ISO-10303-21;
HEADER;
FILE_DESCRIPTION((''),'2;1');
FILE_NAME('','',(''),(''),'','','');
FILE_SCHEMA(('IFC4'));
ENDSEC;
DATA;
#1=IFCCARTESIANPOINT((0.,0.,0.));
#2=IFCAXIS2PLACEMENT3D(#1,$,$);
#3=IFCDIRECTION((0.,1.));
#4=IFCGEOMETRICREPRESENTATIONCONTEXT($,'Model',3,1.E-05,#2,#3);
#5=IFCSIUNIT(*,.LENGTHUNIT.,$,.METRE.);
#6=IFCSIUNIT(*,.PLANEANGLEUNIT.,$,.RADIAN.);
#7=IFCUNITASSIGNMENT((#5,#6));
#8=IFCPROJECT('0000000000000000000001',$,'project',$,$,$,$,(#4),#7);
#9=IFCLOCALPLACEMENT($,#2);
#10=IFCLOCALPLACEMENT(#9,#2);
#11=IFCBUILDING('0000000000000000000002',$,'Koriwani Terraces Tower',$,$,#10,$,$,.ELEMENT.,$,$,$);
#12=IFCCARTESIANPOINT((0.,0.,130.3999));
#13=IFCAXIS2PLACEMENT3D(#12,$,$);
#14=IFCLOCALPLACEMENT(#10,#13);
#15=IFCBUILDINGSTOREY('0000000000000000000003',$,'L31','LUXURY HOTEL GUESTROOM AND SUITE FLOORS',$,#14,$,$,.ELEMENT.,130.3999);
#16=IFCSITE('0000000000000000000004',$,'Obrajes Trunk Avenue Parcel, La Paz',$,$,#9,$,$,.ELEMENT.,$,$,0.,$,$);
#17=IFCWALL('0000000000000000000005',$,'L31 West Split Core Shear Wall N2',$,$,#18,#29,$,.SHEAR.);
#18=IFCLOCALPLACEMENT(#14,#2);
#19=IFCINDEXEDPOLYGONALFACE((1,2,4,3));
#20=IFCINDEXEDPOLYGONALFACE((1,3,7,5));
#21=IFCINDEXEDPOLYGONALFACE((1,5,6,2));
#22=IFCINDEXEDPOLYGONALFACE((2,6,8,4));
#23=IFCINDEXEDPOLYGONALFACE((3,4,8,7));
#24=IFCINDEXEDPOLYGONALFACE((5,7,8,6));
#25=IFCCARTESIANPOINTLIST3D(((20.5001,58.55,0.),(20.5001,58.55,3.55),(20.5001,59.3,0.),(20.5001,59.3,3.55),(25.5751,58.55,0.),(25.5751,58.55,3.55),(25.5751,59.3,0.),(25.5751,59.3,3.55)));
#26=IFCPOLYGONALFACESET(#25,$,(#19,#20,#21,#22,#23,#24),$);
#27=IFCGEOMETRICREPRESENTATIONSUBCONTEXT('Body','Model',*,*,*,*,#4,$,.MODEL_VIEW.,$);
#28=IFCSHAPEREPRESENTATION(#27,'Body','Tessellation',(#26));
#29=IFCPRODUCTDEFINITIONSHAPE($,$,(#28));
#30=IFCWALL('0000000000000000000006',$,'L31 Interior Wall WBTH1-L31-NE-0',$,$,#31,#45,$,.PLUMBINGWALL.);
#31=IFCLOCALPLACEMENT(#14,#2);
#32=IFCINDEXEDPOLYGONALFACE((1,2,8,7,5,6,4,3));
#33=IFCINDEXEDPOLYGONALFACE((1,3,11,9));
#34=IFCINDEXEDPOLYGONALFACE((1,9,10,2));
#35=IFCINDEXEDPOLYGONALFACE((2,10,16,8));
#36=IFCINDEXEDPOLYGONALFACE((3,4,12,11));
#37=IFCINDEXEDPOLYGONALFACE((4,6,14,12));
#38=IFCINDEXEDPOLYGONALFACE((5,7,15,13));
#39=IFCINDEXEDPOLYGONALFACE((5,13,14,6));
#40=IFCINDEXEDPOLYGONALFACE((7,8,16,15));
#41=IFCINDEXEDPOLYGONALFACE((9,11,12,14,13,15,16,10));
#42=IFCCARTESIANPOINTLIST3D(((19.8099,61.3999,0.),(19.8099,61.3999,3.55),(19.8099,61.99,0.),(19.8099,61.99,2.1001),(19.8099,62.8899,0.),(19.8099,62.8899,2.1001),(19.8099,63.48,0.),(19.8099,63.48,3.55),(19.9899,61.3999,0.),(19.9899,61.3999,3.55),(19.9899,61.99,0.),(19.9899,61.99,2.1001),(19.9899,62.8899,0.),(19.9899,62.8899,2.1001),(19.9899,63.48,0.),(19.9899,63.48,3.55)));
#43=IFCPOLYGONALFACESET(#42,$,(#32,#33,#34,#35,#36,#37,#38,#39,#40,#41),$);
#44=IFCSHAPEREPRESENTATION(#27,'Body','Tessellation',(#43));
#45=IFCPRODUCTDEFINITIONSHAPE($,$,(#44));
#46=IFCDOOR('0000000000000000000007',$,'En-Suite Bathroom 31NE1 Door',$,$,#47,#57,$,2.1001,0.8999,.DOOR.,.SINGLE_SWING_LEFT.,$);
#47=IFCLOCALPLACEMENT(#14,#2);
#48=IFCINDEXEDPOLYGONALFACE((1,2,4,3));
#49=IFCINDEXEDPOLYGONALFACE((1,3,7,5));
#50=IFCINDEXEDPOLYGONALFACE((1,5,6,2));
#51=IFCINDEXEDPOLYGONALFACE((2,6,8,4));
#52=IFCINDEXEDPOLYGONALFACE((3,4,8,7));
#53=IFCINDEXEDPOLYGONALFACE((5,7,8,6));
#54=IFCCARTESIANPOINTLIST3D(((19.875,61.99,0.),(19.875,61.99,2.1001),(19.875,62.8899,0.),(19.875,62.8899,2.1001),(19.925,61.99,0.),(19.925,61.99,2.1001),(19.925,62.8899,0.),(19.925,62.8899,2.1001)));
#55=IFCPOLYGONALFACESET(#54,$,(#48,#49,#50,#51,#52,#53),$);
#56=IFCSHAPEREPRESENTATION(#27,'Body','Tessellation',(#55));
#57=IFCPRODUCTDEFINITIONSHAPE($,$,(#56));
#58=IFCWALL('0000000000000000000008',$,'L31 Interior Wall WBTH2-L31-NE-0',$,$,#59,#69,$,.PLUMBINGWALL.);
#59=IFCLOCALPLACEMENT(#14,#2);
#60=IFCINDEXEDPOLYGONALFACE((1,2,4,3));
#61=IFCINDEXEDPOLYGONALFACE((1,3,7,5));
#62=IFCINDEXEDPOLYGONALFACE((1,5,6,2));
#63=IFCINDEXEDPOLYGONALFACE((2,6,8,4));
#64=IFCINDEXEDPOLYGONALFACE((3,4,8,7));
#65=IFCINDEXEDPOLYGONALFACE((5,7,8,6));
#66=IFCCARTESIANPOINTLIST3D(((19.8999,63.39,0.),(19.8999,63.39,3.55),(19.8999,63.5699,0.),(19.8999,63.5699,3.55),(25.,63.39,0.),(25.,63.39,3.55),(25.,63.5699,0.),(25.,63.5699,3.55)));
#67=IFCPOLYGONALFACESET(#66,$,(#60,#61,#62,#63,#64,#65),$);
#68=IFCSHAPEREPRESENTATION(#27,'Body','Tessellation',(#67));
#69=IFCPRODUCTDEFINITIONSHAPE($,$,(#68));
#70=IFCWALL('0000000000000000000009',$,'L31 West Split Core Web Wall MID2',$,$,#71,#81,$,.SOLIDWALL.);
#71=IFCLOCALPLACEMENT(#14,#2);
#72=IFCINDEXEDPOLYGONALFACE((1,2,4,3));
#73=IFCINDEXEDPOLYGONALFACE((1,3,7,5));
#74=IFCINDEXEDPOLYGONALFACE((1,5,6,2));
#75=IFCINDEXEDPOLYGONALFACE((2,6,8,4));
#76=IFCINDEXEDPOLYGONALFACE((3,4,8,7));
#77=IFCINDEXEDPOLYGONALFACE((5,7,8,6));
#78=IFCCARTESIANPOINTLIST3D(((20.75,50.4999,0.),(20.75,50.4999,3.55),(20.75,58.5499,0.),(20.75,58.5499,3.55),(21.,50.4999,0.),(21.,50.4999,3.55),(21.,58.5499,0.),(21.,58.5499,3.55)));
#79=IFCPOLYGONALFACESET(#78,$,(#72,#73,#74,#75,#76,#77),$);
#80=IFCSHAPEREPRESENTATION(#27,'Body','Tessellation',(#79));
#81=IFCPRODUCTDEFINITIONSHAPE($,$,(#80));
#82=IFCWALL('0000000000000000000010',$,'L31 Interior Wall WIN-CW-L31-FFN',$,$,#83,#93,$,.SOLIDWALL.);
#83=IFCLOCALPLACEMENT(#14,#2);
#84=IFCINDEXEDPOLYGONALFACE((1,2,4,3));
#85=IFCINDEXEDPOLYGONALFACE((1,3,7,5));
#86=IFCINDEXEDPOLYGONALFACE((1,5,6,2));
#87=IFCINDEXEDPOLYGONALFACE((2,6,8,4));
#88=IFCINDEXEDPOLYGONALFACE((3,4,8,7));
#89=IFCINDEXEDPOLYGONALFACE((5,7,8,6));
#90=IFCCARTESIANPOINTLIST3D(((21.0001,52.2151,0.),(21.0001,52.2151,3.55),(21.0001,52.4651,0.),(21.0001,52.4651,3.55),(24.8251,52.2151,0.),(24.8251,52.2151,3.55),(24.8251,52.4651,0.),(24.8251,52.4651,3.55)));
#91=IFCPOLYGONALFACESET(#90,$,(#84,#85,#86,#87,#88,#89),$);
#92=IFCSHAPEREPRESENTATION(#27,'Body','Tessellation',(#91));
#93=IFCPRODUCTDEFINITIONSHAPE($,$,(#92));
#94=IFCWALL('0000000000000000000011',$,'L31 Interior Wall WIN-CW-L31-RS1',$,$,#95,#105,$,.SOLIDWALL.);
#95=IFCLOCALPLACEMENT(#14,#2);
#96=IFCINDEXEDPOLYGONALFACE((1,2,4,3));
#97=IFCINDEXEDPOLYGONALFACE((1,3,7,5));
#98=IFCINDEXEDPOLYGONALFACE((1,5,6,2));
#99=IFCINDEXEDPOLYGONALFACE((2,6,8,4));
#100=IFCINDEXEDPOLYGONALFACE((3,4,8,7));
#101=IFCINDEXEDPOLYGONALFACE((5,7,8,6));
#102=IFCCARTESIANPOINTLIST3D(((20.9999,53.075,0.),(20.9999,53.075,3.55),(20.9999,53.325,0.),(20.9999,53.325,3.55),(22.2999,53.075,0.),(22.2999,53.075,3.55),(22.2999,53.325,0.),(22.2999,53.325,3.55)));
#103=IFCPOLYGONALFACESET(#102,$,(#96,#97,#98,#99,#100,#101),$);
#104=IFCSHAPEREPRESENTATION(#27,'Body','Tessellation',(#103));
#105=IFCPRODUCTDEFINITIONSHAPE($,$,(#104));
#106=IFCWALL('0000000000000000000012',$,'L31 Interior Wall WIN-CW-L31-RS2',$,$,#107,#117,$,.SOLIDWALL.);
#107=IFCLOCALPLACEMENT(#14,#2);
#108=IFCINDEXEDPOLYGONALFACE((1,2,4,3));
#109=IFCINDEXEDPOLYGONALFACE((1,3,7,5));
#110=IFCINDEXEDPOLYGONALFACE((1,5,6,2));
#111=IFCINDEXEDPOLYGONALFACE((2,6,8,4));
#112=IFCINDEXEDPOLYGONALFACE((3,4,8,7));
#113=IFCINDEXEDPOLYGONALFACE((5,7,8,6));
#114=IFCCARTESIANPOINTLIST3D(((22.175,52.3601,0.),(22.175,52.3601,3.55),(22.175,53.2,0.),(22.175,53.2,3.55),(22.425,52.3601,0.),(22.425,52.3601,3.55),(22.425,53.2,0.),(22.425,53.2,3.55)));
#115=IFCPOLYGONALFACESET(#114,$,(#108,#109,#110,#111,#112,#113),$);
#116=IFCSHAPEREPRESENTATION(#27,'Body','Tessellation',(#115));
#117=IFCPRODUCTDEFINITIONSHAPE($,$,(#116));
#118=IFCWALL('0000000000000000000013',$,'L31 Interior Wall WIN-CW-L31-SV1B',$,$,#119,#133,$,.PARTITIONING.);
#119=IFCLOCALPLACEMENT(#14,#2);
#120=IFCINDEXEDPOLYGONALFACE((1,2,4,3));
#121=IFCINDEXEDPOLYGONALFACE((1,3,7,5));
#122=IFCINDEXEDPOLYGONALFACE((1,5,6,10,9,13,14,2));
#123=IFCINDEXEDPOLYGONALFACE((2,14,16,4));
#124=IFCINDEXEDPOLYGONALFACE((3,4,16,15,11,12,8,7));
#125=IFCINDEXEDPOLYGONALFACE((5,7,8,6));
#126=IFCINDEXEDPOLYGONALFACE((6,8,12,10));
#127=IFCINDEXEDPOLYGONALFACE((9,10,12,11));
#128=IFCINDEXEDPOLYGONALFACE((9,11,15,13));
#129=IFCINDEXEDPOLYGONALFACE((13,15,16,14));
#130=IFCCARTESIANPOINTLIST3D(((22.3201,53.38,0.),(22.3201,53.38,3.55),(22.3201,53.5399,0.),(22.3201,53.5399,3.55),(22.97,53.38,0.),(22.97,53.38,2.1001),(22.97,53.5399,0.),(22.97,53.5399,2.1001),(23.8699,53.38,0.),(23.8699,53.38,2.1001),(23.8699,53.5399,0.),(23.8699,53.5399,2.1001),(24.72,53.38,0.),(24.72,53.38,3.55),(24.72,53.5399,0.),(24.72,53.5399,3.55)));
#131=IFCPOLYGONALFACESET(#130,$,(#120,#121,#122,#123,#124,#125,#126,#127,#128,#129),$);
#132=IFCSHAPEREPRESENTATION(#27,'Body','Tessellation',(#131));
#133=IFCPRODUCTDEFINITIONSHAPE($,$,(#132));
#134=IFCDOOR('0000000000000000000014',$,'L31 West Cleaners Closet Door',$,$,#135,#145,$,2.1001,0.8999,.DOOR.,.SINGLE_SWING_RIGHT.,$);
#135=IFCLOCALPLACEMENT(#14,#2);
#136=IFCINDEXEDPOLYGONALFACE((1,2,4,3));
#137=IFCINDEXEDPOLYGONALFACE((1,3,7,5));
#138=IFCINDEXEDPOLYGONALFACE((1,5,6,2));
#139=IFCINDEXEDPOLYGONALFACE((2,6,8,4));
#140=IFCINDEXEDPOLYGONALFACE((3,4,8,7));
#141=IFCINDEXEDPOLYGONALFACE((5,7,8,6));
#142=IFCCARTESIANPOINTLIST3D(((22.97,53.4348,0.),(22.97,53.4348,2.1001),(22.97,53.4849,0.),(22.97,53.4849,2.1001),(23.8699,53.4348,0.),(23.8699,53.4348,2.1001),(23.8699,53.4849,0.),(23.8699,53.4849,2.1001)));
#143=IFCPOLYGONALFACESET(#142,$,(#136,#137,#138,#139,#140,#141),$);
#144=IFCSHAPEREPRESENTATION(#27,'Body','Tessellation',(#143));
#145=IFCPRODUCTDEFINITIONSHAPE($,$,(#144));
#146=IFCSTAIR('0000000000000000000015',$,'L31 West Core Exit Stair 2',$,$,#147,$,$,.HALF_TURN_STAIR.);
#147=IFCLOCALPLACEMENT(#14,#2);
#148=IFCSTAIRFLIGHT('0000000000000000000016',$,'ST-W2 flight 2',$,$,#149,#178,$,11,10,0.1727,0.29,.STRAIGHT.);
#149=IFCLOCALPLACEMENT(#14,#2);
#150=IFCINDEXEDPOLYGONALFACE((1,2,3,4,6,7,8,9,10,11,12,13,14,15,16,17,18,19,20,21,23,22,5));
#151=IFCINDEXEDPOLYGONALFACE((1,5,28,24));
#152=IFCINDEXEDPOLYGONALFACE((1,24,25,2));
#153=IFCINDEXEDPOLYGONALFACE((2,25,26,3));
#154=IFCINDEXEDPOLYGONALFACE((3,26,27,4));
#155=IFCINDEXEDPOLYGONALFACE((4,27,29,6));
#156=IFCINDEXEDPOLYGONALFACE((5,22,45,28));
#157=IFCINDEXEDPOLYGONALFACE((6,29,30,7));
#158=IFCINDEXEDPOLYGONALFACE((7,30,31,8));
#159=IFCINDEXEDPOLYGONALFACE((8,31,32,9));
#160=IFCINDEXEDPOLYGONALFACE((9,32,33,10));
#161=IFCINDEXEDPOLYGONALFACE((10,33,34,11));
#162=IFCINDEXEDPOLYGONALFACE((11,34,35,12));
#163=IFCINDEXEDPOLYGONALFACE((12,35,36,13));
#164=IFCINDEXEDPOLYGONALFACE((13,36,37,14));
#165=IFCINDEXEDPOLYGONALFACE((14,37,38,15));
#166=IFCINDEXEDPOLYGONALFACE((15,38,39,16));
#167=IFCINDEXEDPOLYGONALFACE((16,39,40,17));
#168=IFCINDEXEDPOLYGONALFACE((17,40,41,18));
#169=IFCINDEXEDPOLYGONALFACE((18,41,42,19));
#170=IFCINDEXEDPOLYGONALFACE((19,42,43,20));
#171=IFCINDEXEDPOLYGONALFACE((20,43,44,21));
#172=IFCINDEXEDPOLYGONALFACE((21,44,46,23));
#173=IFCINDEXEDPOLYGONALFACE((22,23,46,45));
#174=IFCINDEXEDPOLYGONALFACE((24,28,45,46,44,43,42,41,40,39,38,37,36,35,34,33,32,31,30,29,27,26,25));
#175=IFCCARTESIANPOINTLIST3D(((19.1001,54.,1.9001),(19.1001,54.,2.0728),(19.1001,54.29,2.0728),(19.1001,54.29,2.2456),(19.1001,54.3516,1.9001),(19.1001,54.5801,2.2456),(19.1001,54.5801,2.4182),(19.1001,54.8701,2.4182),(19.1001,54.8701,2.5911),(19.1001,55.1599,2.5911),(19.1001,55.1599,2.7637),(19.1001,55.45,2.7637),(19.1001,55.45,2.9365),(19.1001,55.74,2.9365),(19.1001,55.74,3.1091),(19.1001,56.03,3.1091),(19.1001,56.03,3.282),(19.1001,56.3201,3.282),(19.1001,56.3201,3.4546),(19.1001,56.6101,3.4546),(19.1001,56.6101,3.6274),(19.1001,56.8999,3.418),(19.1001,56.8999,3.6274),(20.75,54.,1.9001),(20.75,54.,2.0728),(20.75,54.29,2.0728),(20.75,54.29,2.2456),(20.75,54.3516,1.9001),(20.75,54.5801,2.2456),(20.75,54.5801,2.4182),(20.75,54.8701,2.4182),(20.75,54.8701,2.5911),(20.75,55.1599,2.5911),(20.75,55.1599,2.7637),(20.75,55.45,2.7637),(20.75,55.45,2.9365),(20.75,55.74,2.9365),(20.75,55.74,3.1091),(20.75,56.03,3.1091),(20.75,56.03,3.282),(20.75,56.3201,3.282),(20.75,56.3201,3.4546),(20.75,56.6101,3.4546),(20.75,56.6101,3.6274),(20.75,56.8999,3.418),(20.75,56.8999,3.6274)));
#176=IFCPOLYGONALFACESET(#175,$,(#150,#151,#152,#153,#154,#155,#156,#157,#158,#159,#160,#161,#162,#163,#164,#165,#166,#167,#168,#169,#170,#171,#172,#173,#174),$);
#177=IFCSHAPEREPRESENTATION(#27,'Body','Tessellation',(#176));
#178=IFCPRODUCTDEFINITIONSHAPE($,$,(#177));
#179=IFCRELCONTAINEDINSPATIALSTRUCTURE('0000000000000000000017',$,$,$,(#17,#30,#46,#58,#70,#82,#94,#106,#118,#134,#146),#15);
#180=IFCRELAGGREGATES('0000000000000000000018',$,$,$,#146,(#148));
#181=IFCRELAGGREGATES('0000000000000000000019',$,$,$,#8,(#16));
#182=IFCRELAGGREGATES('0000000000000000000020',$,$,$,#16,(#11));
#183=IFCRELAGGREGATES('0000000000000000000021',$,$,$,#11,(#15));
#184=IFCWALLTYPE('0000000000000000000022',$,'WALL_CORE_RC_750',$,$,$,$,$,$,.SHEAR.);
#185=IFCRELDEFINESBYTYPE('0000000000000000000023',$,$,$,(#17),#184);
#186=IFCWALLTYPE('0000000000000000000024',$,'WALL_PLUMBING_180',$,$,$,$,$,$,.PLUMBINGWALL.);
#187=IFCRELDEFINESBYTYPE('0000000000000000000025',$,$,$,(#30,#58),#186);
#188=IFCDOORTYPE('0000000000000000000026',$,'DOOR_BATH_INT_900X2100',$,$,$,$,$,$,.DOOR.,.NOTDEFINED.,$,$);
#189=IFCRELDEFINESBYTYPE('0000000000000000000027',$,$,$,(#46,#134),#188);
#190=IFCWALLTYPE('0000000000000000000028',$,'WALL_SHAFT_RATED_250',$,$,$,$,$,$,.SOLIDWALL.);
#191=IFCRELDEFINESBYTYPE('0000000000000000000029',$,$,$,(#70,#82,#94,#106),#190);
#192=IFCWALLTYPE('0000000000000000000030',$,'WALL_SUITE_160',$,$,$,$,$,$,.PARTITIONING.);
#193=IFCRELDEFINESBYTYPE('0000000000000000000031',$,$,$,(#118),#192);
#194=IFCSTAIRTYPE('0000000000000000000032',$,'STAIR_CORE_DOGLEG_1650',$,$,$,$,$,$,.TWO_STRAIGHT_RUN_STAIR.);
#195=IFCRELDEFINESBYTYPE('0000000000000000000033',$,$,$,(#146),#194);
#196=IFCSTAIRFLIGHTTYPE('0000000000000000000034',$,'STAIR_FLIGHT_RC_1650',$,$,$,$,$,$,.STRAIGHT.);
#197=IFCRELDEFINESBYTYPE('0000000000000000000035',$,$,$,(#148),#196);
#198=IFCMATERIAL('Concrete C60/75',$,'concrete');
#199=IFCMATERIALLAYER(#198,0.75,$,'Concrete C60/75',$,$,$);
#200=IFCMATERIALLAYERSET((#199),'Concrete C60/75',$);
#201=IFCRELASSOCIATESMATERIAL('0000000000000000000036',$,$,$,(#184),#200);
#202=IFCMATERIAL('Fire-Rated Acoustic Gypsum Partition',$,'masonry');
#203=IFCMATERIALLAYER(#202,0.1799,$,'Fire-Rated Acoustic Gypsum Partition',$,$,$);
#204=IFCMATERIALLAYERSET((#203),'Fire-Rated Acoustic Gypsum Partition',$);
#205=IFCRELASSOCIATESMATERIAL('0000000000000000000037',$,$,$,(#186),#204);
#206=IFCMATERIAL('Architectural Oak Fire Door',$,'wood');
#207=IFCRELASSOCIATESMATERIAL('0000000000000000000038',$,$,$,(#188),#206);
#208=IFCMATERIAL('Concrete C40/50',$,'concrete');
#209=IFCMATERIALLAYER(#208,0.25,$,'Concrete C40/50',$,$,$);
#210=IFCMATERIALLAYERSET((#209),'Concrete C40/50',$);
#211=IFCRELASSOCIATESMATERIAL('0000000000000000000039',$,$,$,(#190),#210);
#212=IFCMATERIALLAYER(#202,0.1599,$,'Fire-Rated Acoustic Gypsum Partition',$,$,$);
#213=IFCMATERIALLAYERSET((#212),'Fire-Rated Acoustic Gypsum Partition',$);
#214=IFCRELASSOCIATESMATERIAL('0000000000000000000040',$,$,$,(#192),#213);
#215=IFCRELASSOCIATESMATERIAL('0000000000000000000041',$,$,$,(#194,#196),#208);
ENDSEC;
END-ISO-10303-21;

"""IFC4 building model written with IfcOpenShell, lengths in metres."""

from ifc_helpers import new_model, si_unit, direction, frame, frame_2d, origin, place, context, subcontext, project, spatial, polyline, rectangle, outline, extrude, material, layer, layer_set, type_object, element, fill, aggregate, save


model = new_model("IFC4")

# Units and contexts
model_context = context("Model", 3, precision=1e-05, world=origin(), true_north=direction((0.0, 1.0)))
body_context = subcontext(model_context, "Body", "Model", "MODEL_VIEW")
ifc_project = project(units=[si_unit("LENGTHUNIT", "METRE"), si_unit("PLANEANGLEUNIT", "RADIAN")], contexts=[model_context])

# Site, building, storey
site_placement = place(None, origin())
site = spatial("IfcSite", under=ifc_project, at=site_placement, Name="Obrajes Trunk Avenue Parcel, La Paz", CompositionType="ELEMENT", RefElevation=0.0)
building_placement = place(site_placement, origin())
building = spatial("IfcBuilding", under=site, at=building_placement, Name="Koriwani Terraces Tower", CompositionType="ELEMENT")
storey_placement = place(building_placement, frame((0.0, 0.0, 130.3999)))
storey = spatial("IfcBuildingStorey", under=building, at=storey_placement, Name="L31", Description="LUXURY HOTEL GUESTROOM AND SUITE FLOORS", CompositionType="ELEMENT", Elevation=130.3999)

# Wall
ifc_material_1 = material(Name="Concrete C60/75", Category="concrete")
ifc_layer_1 = layer(ifc_material_1, 0.75, Name="Concrete C60/75")
ifc_layer_set_1 = layer_set([ifc_layer_1], Name="Concrete C60/75")
wall_type_1 = type_object("IfcWallType", Name="WALL_CORE_RC_750", PredefinedType="SHEAR", material=ifc_layer_set_1)
wall_1_placement = place(storey_placement, frame((20.5, 58.925, 0.0), z_axis=(0.0, 0.0, 1.0), x_axis=(1.0, 0.0, 0.0)))
element("IfcWall", 1, at=wall_1_placement, inside=storey, type_object=wall_type_1, Name="L31 West Split Core Shear Wall N2", PredefinedType="SHEAR", context=body_context, shape_type="SweptSolid", body=[
    extrude(rectangle(XDim=5.075, YDim=0.75, at=frame_2d((2.5376, 0.0))), origin(), (0.0, 0.0, 1.0), 3.55),
])

# Wall, opening, door
ifc_material_2 = material(Name="Fire-Rated Acoustic Gypsum Partition", Category="masonry")
ifc_layer_2 = layer(ifc_material_2, 0.1799, Name="Fire-Rated Acoustic Gypsum Partition")
ifc_layer_set_2 = layer_set([ifc_layer_2], Name="Fire-Rated Acoustic Gypsum Partition")
wall_type_2 = type_object("IfcWallType", Name="WALL_PLUMBING_180", PredefinedType="PLUMBINGWALL", material=ifc_layer_set_2)
wall_2_placement = place(storey_placement, frame((19.8999, 61.3999, 0.0), z_axis=(0.0, 0.0, 1.0), x_axis=(0.0, 1.0, 0.0)))
wall_2 = element("IfcWall", 2, at=wall_2_placement, inside=storey, type_object=wall_type_2, Name="L31 Interior Wall WBTH1-L31-NE-0", PredefinedType="PLUMBINGWALL", context=body_context, shape_type="SweptSolid", body=[
    extrude(rectangle(XDim=2.0801, YDim=0.1799, at=frame_2d((1.04, 0.0))), origin(), (0.0, 0.0, 1.0), 3.55),
])
opening_1_placement = place(wall_2_placement, frame((0.5901, 0.0, 0.0)))
opening_1 = element("IfcOpeningElement", 3, at=opening_1_placement, cuts=wall_2, PredefinedType="OPENING", context=body_context, shape_type="SweptSolid", body=[
    extrude(rectangle(XDim=0.8999, YDim=2.1001, at=frame_2d((0.45, 1.05))), frame((0.0, 0.1001, 0.0), z_axis=(0.0, -1.0, 0.0), x_axis=(1.0, 0.0, 0.0)), (0.0, 0.0, 1.0), 0.2),
])
ifc_material_3 = material(Name="Architectural Oak Fire Door", Category="wood")
door_type_1 = type_object("IfcDoorType", Name="DOOR_BATH_INT_900X2100", OperationType="NOTDEFINED", PredefinedType="DOOR", material=ifc_material_3)
door_1_placement = place(opening_1_placement, origin())
door_1 = element("IfcDoor", 4, at=door_1_placement, inside=storey, type_object=door_type_1, Name="En-Suite Bathroom 31NE1 Door", OperationType="SINGLE_SWING_LEFT", OverallHeight=2.1001, OverallWidth=0.8999, PredefinedType="DOOR", context=body_context, shape_type="SweptSolid", body=[
    extrude(rectangle(XDim=0.8999, YDim=2.1001, at=frame_2d((0.45, 1.05))), frame((0.0, 0.0249, 0.0), z_axis=(0.0, -1.0, 0.0), x_axis=(1.0, 0.0, 0.0)), (0.0, 0.0, 1.0), 0.05),
])
fill(opening_1, door_1)

# Walls
wall_3_placement = place(storey_placement, frame((19.8999, 63.48, 0.0), z_axis=(0.0, 0.0, 1.0), x_axis=(1.0, 0.0, 0.0)))
element("IfcWall", 5, at=wall_3_placement, inside=storey, type_object=wall_type_2, Name="L31 Interior Wall WBTH2-L31-NE-0", PredefinedType="PLUMBINGWALL", context=body_context, shape_type="SweptSolid", body=[
    extrude(rectangle(XDim=5.1001, YDim=0.1799, at=frame_2d((2.55, 0.0))), origin(), (0.0, 0.0, 1.0), 3.55),
])
ifc_material_4 = material(Name="Concrete C40/50", Category="concrete")
ifc_layer_3 = layer(ifc_material_4, 0.25, Name="Concrete C40/50")
ifc_layer_set_3 = layer_set([ifc_layer_3], Name="Concrete C40/50")
wall_type_3 = type_object("IfcWallType", Name="WALL_SHAFT_RATED_250", PredefinedType="SOLIDWALL", material=ifc_layer_set_3)
wall_4_placement = place(storey_placement, frame((20.875, 50.5, 0.0), z_axis=(0.0, 0.0, 1.0), x_axis=(0.0, 1.0, 0.0)))
element("IfcWall", 6, at=wall_4_placement, inside=storey, type_object=wall_type_3, Name="L31 West Split Core Web Wall MID2", PredefinedType="SOLIDWALL", context=body_context, shape_type="SweptSolid", body=[
    extrude(rectangle(XDim=8.05, YDim=0.25, at=frame_2d((4.0249, 0.0))), origin(), (0.0, 0.0, 1.0), 3.55),
])
wall_5_placement = place(storey_placement, frame((21.0, 52.3401, 0.0), z_axis=(0.0, 0.0, 1.0), x_axis=(1.0, 0.0, 0.0)))
element("IfcWall", 7, at=wall_5_placement, inside=storey, type_object=wall_type_3, Name="L31 Interior Wall WIN-CW-L31-FFN", PredefinedType="SOLIDWALL", context=body_context, shape_type="SweptSolid", body=[
    extrude(rectangle(XDim=3.825, YDim=0.25, at=frame_2d((1.9126, 0.0))), origin(), (0.0, 0.0, 1.0), 3.55),
])

# Walls
wall_6_placement = place(storey_placement, frame((21.0, 53.2, 0.0), z_axis=(0.0, 0.0, 1.0), x_axis=(1.0, 0.0, 0.0)))
element("IfcWall", 8, at=wall_6_placement, inside=storey, type_object=wall_type_3, Name="L31 Interior Wall WIN-CW-L31-RS1", PredefinedType="SOLIDWALL", context=body_context, shape_type="SweptSolid", body=[
    extrude(rectangle(XDim=1.3, YDim=0.25, at=frame_2d((0.6499, 0.0))), origin(), (0.0, 0.0, 1.0), 3.55),
])
wall_7_placement = place(storey_placement, frame((22.3, 52.3601, 0.0), z_axis=(0.0, 0.0, 1.0), x_axis=(0.0, 1.0, 0.0)))
element("IfcWall", 9, at=wall_7_placement, inside=storey, type_object=wall_type_3, Name="L31 Interior Wall WIN-CW-L31-RS2", PredefinedType="SOLIDWALL", context=body_context, shape_type="SweptSolid", body=[
    extrude(rectangle(XDim=0.8398, YDim=0.25, at=frame_2d((0.4199, 0.0))), origin(), (0.0, 0.0, 1.0), 3.55),
])

# Wall, opening, door
ifc_layer_4 = layer(ifc_material_2, 0.1599, Name="Fire-Rated Acoustic Gypsum Partition")
ifc_layer_set_4 = layer_set([ifc_layer_4], Name="Fire-Rated Acoustic Gypsum Partition")
wall_type_4 = type_object("IfcWallType", Name="WALL_SUITE_160", PredefinedType="PARTITIONING", material=ifc_layer_set_4)
wall_8_placement = place(storey_placement, frame((22.3201, 53.46, 0.0), z_axis=(0.0, 0.0, 1.0), x_axis=(1.0, 0.0, 0.0)))
wall_8 = element("IfcWall", 10, at=wall_8_placement, inside=storey, type_object=wall_type_4, Name="L31 Interior Wall WIN-CW-L31-SV1B", PredefinedType="PARTITIONING", context=body_context, shape_type="SweptSolid", body=[
    extrude(rectangle(XDim=2.3999, YDim=0.1599, at=frame_2d((1.2, 0.0))), origin(), (0.0, 0.0, 1.0), 3.55),
])
opening_2_placement = place(wall_8_placement, frame((0.6499, 0.0, 0.0)))
opening_2 = element("IfcOpeningElement", 11, at=opening_2_placement, cuts=wall_8, PredefinedType="OPENING", context=body_context, shape_type="SweptSolid", body=[
    extrude(rectangle(XDim=0.8999, YDim=2.1001, at=frame_2d((0.45, 1.05))), frame((0.0, 0.0898, 0.0), z_axis=(0.0, -1.0, 0.0), x_axis=(1.0, 0.0, 0.0)), (0.0, 0.0, 1.0), 0.1799),
])
door_2_placement = place(opening_2_placement, origin())
door_2 = element("IfcDoor", 12, at=door_2_placement, inside=storey, type_object=door_type_1, Name="L31 West Cleaners Closet Door", OperationType="SINGLE_SWING_RIGHT", OverallHeight=2.1001, OverallWidth=0.8999, PredefinedType="DOOR", context=body_context, shape_type="SweptSolid", body=[
    extrude(rectangle(XDim=0.8999, YDim=2.1001, at=frame_2d((0.45, 1.05))), frame((0.0, 0.0249, 0.0), z_axis=(0.0, -1.0, 0.0), x_axis=(1.0, 0.0, 0.0)), (0.0, 0.0, 1.0), 0.05),
])
fill(opening_2, door_2)

# Stair, stair flight
stair_type = type_object("IfcStairType", Name="STAIR_CORE_DOGLEG_1650", PredefinedType="TWO_STRAIGHT_RUN_STAIR", material=ifc_material_4)
stair_placement = place(storey_placement, origin())
stair = element("IfcStair", 13, at=stair_placement, inside=storey, type_object=stair_type, Name="L31 West Core Exit Stair 2", PredefinedType="HALF_TURN_STAIR")
stair_flight_type = type_object("IfcStairFlightType", Name="STAIR_FLIGHT_RC_1650", PredefinedType="STRAIGHT", material=ifc_material_4)
stair_flight_placement = place(storey_placement, frame((19.925, 54.0, 1.9001), z_axis=(0.0, 0.0, 1.0), x_axis=(0.0, 1.0, 0.0)))
stair_flight = element("IfcStairFlight", 14, at=stair_flight_placement, type_object=stair_flight_type, Name="ST-W2 flight 2", NumberOfRisers=11, NumberOfTreads=10, PredefinedType="STRAIGHT", RiserHeight=0.1727, TreadLength=0.29, context=body_context, shape_type="SweptSolid", body=[
    extrude(outline(polyline([(0.0, 0.0), (0.0, 0.1726), (0.29, 0.1726), (0.29, 0.3455), (0.5801, 0.3455), (0.5801, 0.5181), (0.8701, 0.5181), (0.8701, 0.6909), (1.1599, 0.6909), (1.1599, 0.8635), (1.45, 0.8635), (1.45, 1.0364), (1.74, 1.0364), (1.74, 1.209), (2.03, 1.209), (2.03, 1.3818), (2.3201, 1.3818), (2.3201, 1.5544), (2.6101, 1.5544), (2.6101, 1.7273), (2.8999, 1.7273), (2.8999, 1.8999), (2.8999, 1.5178), (0.3516, 0.0), (0.0, 0.0)])), frame((0.0, 0.825, 0.0), z_axis=(0.0, -1.0, 0.0), x_axis=(1.0, 0.0, 0.0)), (0.0, 0.0, 1.0), 1.6499),
])
aggregate(stair, [stair_flight])

save(model, "model.ifc")
